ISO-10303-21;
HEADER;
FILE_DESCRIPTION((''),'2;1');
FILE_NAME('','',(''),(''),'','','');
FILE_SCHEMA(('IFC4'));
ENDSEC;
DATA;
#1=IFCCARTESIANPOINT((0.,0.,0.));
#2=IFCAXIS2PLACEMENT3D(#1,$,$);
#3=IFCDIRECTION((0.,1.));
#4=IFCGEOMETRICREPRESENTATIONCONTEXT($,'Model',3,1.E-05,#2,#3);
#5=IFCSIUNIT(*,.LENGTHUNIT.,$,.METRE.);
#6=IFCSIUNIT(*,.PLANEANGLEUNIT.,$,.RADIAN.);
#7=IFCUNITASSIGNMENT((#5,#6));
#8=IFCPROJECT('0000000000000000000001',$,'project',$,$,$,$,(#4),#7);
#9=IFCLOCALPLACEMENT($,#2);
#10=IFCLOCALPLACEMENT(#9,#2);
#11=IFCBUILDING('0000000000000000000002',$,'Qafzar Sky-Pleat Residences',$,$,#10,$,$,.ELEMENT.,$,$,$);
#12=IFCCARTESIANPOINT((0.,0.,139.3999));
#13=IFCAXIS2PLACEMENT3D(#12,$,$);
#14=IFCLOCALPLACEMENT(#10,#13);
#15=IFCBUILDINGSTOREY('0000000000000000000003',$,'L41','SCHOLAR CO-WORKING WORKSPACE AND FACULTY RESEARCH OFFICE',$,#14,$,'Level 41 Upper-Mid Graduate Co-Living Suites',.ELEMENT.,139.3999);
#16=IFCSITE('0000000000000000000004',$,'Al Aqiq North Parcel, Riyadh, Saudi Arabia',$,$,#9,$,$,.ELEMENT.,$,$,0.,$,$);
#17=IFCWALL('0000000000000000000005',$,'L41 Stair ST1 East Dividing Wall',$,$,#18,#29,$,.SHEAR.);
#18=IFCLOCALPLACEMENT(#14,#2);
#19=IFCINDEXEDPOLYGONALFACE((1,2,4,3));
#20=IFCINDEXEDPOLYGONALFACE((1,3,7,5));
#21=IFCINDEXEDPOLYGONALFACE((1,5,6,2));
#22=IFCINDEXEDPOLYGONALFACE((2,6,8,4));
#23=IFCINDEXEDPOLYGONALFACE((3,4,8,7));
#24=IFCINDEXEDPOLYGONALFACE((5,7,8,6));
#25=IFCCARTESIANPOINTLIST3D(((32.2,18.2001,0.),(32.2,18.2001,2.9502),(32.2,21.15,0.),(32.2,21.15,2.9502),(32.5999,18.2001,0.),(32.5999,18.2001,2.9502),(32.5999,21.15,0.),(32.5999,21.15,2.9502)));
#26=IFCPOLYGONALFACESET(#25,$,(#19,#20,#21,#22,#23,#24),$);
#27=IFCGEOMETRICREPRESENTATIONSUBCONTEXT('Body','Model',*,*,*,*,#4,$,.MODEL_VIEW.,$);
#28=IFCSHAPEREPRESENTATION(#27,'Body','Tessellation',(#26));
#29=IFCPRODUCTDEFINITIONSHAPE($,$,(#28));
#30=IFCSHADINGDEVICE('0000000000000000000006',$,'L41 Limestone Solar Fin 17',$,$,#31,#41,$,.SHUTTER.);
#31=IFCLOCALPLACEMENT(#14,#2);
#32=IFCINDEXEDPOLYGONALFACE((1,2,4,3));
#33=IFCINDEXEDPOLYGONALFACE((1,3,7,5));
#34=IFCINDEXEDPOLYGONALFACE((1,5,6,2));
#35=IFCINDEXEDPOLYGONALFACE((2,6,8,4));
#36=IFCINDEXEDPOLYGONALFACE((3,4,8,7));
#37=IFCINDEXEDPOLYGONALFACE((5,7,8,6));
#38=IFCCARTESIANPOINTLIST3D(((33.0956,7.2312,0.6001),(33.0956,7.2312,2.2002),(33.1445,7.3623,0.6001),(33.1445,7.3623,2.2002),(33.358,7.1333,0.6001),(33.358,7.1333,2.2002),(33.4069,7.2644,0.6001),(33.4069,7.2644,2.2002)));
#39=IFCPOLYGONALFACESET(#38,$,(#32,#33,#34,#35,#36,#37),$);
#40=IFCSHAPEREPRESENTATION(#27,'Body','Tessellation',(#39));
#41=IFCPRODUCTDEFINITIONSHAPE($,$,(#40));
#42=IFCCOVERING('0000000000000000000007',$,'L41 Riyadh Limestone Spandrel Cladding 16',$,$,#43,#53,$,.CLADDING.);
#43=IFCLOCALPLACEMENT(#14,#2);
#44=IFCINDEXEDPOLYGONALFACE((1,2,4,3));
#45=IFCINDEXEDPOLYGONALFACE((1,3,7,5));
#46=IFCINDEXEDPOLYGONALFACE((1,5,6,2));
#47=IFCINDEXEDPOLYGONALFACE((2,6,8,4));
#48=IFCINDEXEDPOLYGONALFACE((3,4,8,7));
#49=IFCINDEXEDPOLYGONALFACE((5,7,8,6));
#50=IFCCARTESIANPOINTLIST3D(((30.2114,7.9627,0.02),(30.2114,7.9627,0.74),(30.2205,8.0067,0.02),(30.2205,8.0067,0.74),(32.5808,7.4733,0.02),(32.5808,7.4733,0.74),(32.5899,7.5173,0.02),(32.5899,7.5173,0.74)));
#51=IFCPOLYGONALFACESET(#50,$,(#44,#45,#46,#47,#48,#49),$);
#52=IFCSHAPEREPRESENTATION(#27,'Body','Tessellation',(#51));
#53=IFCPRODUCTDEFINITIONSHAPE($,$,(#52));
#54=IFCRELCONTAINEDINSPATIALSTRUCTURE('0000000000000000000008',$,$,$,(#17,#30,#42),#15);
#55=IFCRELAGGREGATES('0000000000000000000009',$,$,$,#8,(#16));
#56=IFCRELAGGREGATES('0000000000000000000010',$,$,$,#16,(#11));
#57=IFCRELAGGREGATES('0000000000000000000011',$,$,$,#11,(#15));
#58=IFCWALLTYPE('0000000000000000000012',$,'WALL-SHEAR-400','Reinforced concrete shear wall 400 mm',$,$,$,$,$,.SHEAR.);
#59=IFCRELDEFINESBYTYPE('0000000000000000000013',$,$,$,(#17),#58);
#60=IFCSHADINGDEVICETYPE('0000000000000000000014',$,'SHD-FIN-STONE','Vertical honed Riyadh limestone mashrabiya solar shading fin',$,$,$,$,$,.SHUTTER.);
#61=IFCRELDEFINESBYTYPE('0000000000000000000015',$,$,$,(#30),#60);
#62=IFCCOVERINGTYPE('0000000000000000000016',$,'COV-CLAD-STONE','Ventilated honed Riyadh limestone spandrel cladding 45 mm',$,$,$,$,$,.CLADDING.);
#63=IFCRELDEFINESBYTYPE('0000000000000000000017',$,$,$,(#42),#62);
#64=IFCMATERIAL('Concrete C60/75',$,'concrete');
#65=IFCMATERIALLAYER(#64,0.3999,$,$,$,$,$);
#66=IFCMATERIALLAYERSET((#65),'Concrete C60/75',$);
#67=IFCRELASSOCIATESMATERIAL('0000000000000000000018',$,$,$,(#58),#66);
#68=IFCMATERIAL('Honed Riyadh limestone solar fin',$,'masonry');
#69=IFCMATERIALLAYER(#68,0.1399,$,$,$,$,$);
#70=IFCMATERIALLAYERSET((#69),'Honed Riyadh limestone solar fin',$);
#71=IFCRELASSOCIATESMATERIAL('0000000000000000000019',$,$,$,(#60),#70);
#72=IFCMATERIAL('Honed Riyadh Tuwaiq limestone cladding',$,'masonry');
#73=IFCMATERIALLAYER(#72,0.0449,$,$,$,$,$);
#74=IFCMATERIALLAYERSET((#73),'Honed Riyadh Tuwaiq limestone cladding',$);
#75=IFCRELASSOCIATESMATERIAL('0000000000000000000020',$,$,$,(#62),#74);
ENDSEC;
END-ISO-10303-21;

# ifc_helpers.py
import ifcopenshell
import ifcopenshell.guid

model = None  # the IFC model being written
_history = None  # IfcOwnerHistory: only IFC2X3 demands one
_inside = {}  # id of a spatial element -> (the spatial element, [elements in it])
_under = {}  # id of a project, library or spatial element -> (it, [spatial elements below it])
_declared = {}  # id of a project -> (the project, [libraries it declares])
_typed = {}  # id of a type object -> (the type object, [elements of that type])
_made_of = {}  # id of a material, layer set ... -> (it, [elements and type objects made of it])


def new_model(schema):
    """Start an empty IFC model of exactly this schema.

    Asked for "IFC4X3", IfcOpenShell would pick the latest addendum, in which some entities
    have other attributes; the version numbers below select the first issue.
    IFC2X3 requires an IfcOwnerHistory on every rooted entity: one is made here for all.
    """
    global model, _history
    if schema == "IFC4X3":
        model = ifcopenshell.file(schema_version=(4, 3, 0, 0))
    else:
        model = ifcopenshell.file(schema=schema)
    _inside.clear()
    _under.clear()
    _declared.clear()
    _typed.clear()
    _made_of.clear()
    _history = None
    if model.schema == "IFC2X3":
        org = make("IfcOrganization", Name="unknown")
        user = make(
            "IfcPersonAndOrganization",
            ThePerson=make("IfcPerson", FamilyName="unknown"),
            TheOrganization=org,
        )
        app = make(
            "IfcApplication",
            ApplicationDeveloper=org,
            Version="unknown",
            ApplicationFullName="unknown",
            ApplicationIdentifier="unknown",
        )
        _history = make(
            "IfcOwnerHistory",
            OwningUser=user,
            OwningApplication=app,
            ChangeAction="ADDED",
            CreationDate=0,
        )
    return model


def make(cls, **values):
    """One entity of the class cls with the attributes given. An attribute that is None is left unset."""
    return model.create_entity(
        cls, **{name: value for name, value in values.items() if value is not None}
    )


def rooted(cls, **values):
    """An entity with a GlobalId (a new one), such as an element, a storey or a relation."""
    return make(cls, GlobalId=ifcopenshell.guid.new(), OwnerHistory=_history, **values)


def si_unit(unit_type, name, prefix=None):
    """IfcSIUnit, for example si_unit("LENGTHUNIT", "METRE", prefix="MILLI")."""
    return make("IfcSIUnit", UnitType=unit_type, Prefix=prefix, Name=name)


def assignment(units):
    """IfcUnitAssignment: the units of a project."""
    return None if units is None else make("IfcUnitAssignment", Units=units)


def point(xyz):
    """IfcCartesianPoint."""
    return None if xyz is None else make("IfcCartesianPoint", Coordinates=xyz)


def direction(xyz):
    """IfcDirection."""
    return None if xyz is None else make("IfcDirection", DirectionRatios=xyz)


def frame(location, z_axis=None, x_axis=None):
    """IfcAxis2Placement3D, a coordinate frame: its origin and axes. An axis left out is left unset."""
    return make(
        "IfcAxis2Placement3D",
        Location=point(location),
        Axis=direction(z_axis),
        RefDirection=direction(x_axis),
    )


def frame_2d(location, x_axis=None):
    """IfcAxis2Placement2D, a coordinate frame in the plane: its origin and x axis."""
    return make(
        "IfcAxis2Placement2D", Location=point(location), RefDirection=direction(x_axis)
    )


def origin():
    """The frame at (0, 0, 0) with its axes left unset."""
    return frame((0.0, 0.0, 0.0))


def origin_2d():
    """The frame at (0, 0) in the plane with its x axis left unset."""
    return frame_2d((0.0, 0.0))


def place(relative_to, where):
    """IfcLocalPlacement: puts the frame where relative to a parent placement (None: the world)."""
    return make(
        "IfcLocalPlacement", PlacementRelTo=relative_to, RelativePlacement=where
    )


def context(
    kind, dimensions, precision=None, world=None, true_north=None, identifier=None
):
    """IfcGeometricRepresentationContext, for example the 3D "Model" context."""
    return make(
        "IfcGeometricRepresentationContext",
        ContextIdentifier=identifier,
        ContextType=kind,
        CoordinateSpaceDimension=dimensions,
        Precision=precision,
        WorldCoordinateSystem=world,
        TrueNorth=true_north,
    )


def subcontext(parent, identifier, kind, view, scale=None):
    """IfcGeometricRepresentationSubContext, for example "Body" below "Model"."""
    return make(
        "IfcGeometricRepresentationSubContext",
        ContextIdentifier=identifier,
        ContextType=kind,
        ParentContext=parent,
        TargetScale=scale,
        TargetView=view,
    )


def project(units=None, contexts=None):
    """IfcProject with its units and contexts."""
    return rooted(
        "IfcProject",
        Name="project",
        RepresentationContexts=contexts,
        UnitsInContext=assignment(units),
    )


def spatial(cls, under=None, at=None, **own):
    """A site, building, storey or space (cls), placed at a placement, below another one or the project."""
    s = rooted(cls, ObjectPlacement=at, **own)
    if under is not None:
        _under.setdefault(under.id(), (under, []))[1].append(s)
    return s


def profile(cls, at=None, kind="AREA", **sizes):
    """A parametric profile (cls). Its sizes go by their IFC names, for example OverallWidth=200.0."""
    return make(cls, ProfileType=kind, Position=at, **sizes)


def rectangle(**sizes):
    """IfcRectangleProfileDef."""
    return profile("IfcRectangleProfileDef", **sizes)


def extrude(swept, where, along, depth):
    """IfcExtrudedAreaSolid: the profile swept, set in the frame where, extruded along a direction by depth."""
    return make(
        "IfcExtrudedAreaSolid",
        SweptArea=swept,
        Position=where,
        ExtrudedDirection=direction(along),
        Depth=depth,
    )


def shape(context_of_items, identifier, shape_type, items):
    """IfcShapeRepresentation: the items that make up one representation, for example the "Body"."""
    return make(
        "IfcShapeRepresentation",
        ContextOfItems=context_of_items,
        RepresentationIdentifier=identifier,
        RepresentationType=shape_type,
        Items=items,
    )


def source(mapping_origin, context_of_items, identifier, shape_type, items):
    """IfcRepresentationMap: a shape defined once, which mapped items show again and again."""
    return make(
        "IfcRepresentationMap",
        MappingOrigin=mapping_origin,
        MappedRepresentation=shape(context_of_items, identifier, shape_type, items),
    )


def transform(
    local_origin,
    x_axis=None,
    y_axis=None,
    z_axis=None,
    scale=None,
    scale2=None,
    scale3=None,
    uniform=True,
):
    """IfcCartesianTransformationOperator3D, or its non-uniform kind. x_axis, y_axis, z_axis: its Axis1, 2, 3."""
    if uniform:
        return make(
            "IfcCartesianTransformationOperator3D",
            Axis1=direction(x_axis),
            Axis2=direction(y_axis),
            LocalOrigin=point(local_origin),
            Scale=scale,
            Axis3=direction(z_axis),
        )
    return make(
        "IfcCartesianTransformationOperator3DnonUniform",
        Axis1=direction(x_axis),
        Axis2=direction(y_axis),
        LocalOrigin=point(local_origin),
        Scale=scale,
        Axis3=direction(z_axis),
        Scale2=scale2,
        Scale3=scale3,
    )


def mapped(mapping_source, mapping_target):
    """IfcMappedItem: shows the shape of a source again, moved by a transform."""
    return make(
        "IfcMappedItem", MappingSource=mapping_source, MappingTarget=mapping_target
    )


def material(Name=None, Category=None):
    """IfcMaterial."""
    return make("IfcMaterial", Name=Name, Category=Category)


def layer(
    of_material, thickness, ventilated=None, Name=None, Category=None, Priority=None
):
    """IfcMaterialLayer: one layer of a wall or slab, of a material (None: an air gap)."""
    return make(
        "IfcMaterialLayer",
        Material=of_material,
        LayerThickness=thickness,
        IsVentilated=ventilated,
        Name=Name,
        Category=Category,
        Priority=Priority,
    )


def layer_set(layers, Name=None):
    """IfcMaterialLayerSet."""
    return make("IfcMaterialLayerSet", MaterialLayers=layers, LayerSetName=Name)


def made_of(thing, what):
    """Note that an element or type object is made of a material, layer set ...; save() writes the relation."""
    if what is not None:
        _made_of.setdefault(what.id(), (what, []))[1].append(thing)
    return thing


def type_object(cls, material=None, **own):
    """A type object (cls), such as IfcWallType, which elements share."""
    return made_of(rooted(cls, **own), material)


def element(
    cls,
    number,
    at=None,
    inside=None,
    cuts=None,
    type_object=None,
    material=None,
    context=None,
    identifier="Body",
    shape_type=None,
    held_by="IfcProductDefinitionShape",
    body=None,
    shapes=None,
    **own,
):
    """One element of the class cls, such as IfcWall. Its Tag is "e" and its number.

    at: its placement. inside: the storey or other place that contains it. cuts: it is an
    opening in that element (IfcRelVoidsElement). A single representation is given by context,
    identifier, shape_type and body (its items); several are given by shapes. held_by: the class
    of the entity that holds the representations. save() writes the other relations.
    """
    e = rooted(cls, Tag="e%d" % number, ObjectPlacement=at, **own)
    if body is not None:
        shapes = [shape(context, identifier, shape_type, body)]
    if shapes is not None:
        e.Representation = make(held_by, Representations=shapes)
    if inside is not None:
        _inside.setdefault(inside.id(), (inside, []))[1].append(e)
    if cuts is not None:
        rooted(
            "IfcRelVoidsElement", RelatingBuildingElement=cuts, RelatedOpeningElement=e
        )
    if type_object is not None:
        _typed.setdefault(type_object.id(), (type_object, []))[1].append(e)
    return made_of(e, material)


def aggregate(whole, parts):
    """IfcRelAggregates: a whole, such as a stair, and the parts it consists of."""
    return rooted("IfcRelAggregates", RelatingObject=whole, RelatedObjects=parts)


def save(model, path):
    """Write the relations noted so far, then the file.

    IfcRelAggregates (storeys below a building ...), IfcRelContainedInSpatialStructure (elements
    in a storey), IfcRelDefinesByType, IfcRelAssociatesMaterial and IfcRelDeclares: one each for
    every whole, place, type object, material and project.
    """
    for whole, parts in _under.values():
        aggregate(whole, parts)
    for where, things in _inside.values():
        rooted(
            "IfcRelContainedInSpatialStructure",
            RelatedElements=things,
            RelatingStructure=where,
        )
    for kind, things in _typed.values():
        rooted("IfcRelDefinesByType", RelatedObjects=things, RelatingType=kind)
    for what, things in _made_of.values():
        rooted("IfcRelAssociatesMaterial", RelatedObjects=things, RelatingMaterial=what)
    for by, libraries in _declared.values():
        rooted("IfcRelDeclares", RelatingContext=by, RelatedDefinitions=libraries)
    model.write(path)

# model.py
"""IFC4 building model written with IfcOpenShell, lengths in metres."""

from ifc_helpers import new_model, si_unit, direction, frame, frame_2d, origin, origin_2d, place, context, subcontext, project, spatial, rectangle, extrude, source, transform, mapped, material, layer, layer_set, type_object, element, save


model = new_model("IFC4")

# Units and contexts
model_context = context("Model", 3, precision=1e-05, world=origin(), true_north=direction((0.0, 1.0)))
body_context = subcontext(model_context, "Body", "Model", "MODEL_VIEW")
ifc_project = project(units=[si_unit("LENGTHUNIT", "METRE"), si_unit("PLANEANGLEUNIT", "RADIAN")], contexts=[model_context])

# Site, building, storey
site_placement = place(None, origin())
site = spatial("IfcSite", under=ifc_project, at=site_placement, Name="Al Aqiq North Parcel, Riyadh, Saudi Arabia", CompositionType="ELEMENT", RefElevation=0.0)
building_placement = place(site_placement, origin())
building = spatial("IfcBuilding", under=site, at=building_placement, Name="Qafzar Sky-Pleat Residences", CompositionType="ELEMENT")
storey_placement = place(building_placement, frame((0.0, 0.0, 139.3999)))
storey = spatial("IfcBuildingStorey", under=building, at=storey_placement, Name="L41", Description="SCHOLAR CO-WORKING WORKSPACE AND FACULTY RESEARCH OFFICE", LongName="Level 41 Upper-Mid Graduate Co-Living Suites", CompositionType="ELEMENT", Elevation=139.3999)

# Shared definitions
ifc_material_1 = material(Name="Concrete C60/75", Category="concrete")

# Wall
ifc_layer_1 = layer(ifc_material_1, 0.3999)
ifc_layer_set_1 = layer_set([ifc_layer_1], Name="Concrete C60/75")
wall_type_1 = type_object("IfcWallType", Name="WALL-SHEAR-400", Description="Reinforced concrete shear wall 400 mm", PredefinedType="SHEAR", material=ifc_layer_set_1)
wall_1_placement = place(storey_placement, frame((32.3999, 18.2, 0.0), z_axis=(0.0, 0.0, 1.0), x_axis=(0.0, 1.0, 0.0)))
element("IfcWall", 1, at=wall_1_placement, inside=storey, type_object=wall_type_1, Name="L41 Stair ST1 East Dividing Wall", PredefinedType="SHEAR", context=body_context, shape_type="SweptSolid", body=[
    extrude(rectangle(XDim=2.95, YDim=0.3999, at=frame_2d((1.4751, 0.0))), origin(), (0.0, 0.0, 1.0), 2.9502),
])

# Shading device
ifc_material_2 = material(Name="Honed Riyadh limestone solar fin", Category="masonry")
ifc_layer_2 = layer(ifc_material_2, 0.1399)
ifc_layer_set_2 = layer_set([ifc_layer_2], Name="Honed Riyadh limestone solar fin")
shading_device_type = type_object("IfcShadingDeviceType", Name="SHD-FIN-STONE", Description="Vertical honed Riyadh limestone mashrabiya solar shading fin", PredefinedType="SHUTTER", material=ifc_layer_set_2)
shared_shape_1 = source(origin(), body_context, "Body", "SweptSolid", [
    extrude(rectangle(XDim=0.1399, YDim=0.28, at=origin_2d()), origin(), (0.0, 0.0, 1.0), 1.6001),
])
shading_device_placement = place(storey_placement, frame((33.2512, 7.2478, 0.6001), z_axis=(0.0, 0.0, 1.0), x_axis=(-0.349549, -0.936918, 0.0)))
element("IfcShadingDevice", 2, at=shading_device_placement, inside=storey, type_object=shading_device_type, Name="L41 Limestone Solar Fin 17", PredefinedType="SHUTTER", context=body_context, shape_type="MappedRepresentation", body=[
    mapped(shared_shape_1, transform((0.0, 0.0, 0.0), x_axis=(1.0, 0.0, 0.0), y_axis=(0.0, 1.0, 0.0), z_axis=(0.0, 0.0, 1.0), scale=1.0)),
])

# Covering
ifc_material_3 = material(Name="Honed Riyadh Tuwaiq limestone cladding", Category="masonry")
ifc_layer_3 = layer(ifc_material_3, 0.0449)
ifc_layer_set_3 = layer_set([ifc_layer_3], Name="Honed Riyadh Tuwaiq limestone cladding")
covering_type = type_object("IfcCoveringType", Name="COV-CLAD-STONE", Description="Ventilated honed Riyadh limestone spandrel cladding 45 mm", PredefinedType="CLADDING", material=ifc_layer_set_3)
shared_shape_2 = source(origin(), body_context, "Body", "SweptSolid", [
    extrude(rectangle(XDim=2.4194, YDim=0.0449, at=origin_2d()), origin(), (0.0, 0.0, 1.0), 0.72),
])
covering_placement = place(storey_placement, frame((31.4006, 7.74, 0.02), z_axis=(0.0, 0.0, 1.0), x_axis=(0.979325, -0.202293, 0.0)))
element("IfcCovering", 3, at=covering_placement, inside=storey, type_object=covering_type, Name="L41 Riyadh Limestone Spandrel Cladding 16", PredefinedType="CLADDING", context=body_context, shape_type="MappedRepresentation", body=[
    mapped(shared_shape_2, transform((0.0, 0.0, 0.0), x_axis=(1.0, 0.0, 0.0), y_axis=(0.0, 1.0, 0.0), z_axis=(0.0, 0.0, 1.0), scale=1.0)),
])

save(model, "model.ifc")
